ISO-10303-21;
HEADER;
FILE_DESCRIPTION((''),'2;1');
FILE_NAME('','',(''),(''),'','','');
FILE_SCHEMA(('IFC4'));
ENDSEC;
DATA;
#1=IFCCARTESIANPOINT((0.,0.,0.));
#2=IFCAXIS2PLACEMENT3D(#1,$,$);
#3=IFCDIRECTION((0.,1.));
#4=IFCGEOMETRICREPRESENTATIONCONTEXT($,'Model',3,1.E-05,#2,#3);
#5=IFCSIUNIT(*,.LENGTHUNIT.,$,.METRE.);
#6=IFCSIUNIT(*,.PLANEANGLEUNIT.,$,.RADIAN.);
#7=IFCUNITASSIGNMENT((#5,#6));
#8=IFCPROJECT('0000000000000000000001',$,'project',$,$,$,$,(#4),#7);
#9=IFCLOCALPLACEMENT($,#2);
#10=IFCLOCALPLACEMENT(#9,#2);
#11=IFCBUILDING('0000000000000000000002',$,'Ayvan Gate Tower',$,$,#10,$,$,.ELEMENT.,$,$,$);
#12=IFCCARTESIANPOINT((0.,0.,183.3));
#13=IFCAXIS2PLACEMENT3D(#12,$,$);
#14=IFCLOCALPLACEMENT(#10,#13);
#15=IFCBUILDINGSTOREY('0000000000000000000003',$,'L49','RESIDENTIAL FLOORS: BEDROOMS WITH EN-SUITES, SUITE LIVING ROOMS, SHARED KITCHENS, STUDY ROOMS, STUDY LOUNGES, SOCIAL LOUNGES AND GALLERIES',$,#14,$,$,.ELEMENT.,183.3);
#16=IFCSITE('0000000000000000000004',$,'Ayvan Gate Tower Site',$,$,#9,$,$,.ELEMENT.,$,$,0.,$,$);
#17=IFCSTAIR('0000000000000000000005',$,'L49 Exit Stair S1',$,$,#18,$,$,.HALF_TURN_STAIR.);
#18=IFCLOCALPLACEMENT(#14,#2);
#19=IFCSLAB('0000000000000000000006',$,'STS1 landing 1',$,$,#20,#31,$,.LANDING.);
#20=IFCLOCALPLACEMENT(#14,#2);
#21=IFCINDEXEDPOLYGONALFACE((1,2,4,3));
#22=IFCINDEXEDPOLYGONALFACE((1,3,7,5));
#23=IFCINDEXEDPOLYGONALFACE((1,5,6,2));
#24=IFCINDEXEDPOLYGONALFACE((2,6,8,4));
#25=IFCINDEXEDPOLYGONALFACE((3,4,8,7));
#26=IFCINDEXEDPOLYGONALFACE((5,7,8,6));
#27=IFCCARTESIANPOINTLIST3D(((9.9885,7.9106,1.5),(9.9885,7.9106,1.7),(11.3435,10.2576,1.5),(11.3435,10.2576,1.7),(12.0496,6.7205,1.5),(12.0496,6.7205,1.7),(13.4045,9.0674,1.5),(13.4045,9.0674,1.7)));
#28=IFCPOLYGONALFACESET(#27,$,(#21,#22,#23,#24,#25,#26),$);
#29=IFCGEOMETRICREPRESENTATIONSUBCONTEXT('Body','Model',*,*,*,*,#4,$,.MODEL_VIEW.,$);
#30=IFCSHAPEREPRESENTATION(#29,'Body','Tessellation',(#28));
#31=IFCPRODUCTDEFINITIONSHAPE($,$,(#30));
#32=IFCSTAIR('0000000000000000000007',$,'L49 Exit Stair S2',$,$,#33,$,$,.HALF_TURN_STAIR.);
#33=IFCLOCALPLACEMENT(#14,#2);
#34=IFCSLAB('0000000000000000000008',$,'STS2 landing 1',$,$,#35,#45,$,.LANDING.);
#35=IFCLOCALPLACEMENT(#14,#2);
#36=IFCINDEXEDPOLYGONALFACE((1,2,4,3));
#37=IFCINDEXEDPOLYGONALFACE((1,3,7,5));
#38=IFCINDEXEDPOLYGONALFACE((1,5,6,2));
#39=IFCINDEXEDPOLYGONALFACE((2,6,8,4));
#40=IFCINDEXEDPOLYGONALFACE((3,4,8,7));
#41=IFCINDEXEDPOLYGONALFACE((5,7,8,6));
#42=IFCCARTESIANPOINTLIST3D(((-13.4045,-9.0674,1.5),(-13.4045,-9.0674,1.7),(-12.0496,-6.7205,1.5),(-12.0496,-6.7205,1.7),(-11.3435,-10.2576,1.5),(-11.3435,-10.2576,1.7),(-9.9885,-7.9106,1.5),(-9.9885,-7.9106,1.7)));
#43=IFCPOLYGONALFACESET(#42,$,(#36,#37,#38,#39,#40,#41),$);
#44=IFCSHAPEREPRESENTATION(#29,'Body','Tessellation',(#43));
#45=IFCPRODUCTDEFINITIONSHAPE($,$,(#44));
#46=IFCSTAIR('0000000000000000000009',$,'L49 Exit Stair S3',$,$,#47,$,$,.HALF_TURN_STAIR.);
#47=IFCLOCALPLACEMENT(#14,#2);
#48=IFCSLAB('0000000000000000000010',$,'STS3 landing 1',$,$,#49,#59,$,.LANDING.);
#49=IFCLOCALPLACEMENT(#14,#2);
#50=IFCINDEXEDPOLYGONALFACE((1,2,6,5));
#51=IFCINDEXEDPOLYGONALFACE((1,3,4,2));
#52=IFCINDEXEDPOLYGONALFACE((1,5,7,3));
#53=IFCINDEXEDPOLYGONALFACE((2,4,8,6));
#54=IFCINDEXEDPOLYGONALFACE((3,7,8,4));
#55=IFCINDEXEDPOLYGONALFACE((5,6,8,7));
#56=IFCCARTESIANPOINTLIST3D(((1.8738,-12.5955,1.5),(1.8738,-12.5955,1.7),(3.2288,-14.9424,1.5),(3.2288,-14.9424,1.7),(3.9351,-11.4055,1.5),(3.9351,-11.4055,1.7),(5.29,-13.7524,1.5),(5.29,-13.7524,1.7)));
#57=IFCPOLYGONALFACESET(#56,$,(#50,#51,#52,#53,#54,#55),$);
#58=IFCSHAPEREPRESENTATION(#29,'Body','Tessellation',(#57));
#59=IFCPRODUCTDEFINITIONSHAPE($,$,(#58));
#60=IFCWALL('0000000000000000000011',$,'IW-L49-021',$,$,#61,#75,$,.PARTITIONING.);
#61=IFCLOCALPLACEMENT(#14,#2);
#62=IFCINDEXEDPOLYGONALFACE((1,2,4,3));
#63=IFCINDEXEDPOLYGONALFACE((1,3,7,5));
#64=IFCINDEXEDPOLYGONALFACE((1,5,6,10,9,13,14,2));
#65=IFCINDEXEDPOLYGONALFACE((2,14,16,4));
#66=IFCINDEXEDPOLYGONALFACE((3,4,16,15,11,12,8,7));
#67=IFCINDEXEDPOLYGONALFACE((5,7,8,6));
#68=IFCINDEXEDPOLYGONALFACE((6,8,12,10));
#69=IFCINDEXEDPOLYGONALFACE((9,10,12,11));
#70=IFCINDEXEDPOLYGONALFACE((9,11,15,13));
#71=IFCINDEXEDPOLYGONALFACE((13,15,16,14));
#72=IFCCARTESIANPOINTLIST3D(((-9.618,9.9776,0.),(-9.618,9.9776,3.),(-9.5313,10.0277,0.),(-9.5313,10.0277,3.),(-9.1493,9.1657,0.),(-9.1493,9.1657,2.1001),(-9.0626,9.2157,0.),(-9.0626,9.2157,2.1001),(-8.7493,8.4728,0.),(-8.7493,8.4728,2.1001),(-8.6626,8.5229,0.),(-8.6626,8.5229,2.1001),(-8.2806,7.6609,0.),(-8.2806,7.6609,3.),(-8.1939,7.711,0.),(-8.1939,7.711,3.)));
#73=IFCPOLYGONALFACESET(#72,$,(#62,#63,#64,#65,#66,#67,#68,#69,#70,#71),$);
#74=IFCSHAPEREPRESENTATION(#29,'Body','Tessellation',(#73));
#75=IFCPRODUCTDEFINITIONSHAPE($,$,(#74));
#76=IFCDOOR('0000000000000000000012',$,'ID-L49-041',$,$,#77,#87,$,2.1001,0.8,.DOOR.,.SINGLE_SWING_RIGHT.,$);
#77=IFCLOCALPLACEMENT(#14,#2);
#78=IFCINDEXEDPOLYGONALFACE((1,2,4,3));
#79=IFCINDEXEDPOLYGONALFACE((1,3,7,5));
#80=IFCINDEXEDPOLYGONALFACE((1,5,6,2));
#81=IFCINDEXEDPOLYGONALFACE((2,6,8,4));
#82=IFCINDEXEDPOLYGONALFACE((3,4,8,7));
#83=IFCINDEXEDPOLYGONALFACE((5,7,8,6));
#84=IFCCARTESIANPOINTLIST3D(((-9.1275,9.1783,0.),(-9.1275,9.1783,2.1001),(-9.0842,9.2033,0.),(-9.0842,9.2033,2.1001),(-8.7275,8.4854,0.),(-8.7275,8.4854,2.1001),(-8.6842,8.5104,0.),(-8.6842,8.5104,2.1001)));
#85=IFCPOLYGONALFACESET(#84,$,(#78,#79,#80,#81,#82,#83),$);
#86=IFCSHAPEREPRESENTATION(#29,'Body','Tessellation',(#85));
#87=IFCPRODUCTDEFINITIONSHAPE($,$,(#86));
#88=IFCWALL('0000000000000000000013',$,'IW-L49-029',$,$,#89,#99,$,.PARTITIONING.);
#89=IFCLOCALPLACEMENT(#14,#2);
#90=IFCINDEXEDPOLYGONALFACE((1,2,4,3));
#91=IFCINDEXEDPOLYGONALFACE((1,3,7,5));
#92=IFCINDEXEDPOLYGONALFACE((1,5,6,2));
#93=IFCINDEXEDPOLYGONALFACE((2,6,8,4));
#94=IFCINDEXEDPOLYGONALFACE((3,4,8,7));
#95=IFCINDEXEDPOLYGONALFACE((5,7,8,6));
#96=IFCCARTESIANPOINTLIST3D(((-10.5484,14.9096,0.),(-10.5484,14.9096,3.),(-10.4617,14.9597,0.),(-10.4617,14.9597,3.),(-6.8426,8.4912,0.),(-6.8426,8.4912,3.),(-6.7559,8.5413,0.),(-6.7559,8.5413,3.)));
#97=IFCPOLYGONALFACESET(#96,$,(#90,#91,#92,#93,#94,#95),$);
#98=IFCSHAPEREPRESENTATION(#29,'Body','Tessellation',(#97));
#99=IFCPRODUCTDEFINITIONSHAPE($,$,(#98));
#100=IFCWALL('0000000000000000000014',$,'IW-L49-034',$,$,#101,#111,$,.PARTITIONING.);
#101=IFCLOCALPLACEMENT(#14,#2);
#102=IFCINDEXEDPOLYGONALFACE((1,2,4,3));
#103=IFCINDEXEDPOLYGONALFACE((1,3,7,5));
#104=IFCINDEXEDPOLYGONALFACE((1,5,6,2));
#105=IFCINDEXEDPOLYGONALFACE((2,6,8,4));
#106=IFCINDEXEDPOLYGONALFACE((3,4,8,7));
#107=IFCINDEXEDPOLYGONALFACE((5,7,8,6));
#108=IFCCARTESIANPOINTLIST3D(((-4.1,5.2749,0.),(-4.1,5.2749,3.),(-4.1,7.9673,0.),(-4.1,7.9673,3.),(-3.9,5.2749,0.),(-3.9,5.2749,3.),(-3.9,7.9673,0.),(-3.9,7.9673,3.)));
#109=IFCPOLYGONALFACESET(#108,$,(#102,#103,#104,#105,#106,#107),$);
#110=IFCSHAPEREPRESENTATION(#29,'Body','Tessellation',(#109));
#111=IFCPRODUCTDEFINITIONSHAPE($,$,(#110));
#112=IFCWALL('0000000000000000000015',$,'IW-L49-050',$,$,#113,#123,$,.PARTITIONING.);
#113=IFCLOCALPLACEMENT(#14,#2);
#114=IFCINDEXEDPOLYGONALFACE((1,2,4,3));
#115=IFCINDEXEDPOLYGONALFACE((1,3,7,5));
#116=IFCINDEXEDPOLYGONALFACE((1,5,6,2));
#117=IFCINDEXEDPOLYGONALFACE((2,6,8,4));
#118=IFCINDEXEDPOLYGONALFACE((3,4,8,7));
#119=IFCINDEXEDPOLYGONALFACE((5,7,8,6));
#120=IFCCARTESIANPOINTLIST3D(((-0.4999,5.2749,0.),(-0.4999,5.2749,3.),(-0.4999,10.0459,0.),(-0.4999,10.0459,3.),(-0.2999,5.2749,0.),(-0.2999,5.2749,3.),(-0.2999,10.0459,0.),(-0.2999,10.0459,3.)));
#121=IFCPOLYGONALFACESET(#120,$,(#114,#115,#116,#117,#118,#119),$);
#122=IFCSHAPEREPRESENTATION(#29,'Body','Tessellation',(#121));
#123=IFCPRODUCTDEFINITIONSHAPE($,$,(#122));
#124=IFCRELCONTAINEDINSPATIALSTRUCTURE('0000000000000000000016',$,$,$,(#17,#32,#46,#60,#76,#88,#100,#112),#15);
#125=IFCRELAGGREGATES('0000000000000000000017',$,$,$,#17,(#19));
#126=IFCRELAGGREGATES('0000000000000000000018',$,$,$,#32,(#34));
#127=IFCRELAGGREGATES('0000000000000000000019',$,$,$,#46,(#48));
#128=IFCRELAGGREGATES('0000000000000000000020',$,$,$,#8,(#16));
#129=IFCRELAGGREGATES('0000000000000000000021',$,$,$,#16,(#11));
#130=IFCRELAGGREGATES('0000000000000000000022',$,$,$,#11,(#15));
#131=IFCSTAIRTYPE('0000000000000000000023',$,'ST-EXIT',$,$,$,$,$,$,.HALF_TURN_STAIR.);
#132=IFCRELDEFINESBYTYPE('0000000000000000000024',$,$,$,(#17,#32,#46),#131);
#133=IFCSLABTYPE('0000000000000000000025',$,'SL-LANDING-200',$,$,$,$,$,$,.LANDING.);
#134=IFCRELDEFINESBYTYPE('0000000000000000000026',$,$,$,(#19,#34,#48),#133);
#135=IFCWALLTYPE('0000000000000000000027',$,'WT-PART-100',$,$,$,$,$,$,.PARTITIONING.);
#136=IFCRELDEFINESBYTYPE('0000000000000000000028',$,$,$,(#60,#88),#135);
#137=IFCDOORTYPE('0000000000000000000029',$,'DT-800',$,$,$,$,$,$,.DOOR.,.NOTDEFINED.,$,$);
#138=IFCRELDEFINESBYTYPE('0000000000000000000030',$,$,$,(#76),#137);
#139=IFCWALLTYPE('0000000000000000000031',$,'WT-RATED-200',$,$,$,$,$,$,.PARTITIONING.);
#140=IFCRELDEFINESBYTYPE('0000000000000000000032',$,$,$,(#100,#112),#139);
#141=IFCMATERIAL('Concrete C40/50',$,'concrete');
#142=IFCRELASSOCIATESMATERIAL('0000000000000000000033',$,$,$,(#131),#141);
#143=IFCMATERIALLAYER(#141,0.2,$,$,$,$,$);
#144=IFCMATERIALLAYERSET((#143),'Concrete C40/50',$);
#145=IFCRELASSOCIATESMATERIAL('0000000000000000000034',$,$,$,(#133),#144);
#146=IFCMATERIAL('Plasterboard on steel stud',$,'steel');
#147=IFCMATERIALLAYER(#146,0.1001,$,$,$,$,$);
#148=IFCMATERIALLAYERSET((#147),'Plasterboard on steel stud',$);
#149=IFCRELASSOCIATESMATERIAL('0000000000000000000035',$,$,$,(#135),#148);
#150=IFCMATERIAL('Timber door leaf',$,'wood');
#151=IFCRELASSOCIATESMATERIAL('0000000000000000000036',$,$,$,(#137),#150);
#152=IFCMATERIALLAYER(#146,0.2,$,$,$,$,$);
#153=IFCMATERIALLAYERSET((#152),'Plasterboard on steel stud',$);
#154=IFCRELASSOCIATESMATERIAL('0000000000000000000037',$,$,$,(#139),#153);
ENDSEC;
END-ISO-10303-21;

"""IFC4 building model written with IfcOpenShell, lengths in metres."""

from ifc_helpers import new_model, si_unit, direction, frame, frame_2d, origin, place, context, subcontext, project, spatial, polyline, rectangle, outline, extrude, material, layer, layer_set, type_object, element, fill, aggregate, save


model = new_model("IFC4")

# Units and contexts
model_context = context("Model", 3, precision=1e-05, world=origin(), true_north=direction((0.0, 1.0)))
body_context = subcontext(model_context, "Body", "Model", "MODEL_VIEW")
ifc_project = project(units=[si_unit("LENGTHUNIT", "METRE"), si_unit("PLANEANGLEUNIT", "RADIAN")], contexts=[model_context])

# Site, building, storey
site_placement = place(None, origin())
site = spatial("IfcSite", under=ifc_project, at=site_placement, Name="Ayvan Gate Tower Site", CompositionType="ELEMENT", RefElevation=0.0)
building_placement = place(site_placement, origin())
building = spatial("IfcBuilding", under=site, at=building_placement, Name="Ayvan Gate Tower", CompositionType="ELEMENT")
storey_placement = place(building_placement, frame((0.0, 0.0, 183.3)))
storey = spatial("IfcBuildingStorey", under=building, at=storey_placement, Name="L49", Description="RESIDENTIAL FLOORS: BEDROOMS WITH EN-SUITES, SUITE LIVING ROOMS, SHARED KITCHENS, STUDY ROOMS, STUDY LOUNGES, SOCIAL LOUNGES AND GALLERIES", CompositionType="ELEMENT", Elevation=183.3)

# Stairs, slabs
ifc_material_1 = material(Name="Concrete C40/50", Category="concrete")
stair_type = type_object("IfcStairType", Name="ST-EXIT", PredefinedType="HALF_TURN_STAIR", material=ifc_material_1)
stair_1_placement = place(storey_placement, origin())
stair_1 = element("IfcStair", 1, at=stair_1_placement, inside=storey, type_object=stair_type, Name="L49 Exit Stair S1", PredefinedType="HALF_TURN_STAIR")
ifc_layer_1 = layer(ifc_material_1, 0.2)
ifc_layer_set_1 = layer_set([ifc_layer_1], Name="Concrete C40/50")
slab_type = type_object("IfcSlabType", Name="SL-LANDING-200", PredefinedType="LANDING", material=ifc_layer_set_1)
slab_1_placement = place(storey_placement, frame((0.0, 0.0, 1.5)))
slab_1 = element("IfcSlab", 2, at=slab_1_placement, type_object=slab_type, Name="STS1 landing 1", PredefinedType="LANDING", context=body_context, shape_type="SweptSolid", body=[
    extrude(outline(polyline([(9.9885, 7.9106), (12.0496, 6.7205), (13.4045, 9.0674), (11.3435, 10.2576), (9.9885, 7.9106)])), origin(), (0.0, 0.0, 1.0), 0.2),
])
aggregate(stair_1, [slab_1])
stair_2_placement = place(storey_placement, origin())
stair_2 = element("IfcStair", 3, at=stair_2_placement, inside=storey, type_object=stair_type, Name="L49 Exit Stair S2", PredefinedType="HALF_TURN_STAIR")
slab_2_placement = place(storey_placement, frame((0.0, 0.0, 1.5)))
slab_2 = element("IfcSlab", 4, at=slab_2_placement, type_object=slab_type, Name="STS2 landing 1", PredefinedType="LANDING", context=body_context, shape_type="SweptSolid", body=[
    extrude(outline(polyline([(-9.9885, -7.9106), (-12.0496, -6.7205), (-13.4045, -9.0674), (-11.3435, -10.2576), (-9.9885, -7.9106)])), origin(), (0.0, 0.0, 1.0), 0.2),
])
aggregate(stair_2, [slab_2])
stair_3_placement = place(storey_placement, origin())
stair_3 = element("IfcStair", 5, at=stair_3_placement, inside=storey, type_object=stair_type, Name="L49 Exit Stair S3", PredefinedType="HALF_TURN_STAIR")
slab_3_placement = place(storey_placement, frame((0.0, 0.0, 1.5)))
slab_3 = element("IfcSlab", 6, at=slab_3_placement, type_object=slab_type, Name="STS3 landing 1", PredefinedType="LANDING", context=body_context, shape_type="SweptSolid", body=[
    extrude(outline(polyline([(3.9351, -11.4055), (1.8738, -12.5955), (3.2288, -14.9424), (5.29, -13.7524), (3.9351, -11.4055)])), origin(), (0.0, 0.0, 1.0), 0.2),
])
aggregate(stair_3, [slab_3])

# Wall, opening, door
ifc_material_2 = material(Name="Plasterboard on steel stud", Category="steel")
ifc_layer_2 = layer(ifc_material_2, 0.1001)
ifc_layer_set_2 = layer_set([ifc_layer_2], Name="Plasterboard on steel stud")
wall_type_1 = type_object("IfcWallType", Name="WT-PART-100", PredefinedType="PARTITIONING", material=ifc_layer_set_2)
wall_1_placement = place(storey_placement, frame((-8.2373, 7.686, 0.0), z_axis=(0.0, 0.0, 1.0), x_axis=(-0.499967, 0.866044, 0.0)))
wall_1 = element("IfcWall", 7, at=wall_1_placement, inside=storey, type_object=wall_type_1, Name="IW-L49-021", PredefinedType="PARTITIONING", context=body_context, shape_type="SweptSolid", body=[
    extrude(rectangle(XDim=2.675, YDim=0.1001, at=frame_2d((1.3374, 0.0))), origin(), (0.0, 0.0, 1.0), 3.0),
])
opening_1_placement = place(wall_1_placement, frame((0.9375, 0.0, 0.0)))
opening_1 = element("IfcOpeningElement", 8, at=opening_1_placement, cuts=wall_1, PredefinedType="OPENING", context=body_context, shape_type="SweptSolid", body=[
    extrude(rectangle(XDim=0.8, YDim=2.1001, at=frame_2d((0.3999, 1.05))), frame((0.0, 0.0601, 0.0), z_axis=(0.0, -1.0, 0.0), x_axis=(1.0, 0.0, 0.0)), (0.0, 0.0, 1.0), 0.1201),
])
ifc_material_3 = material(Name="Timber door leaf", Category="wood")
door_type_1 = type_object("IfcDoorType", Name="DT-800", OperationType="NOTDEFINED", PredefinedType="DOOR", material=ifc_material_3)
door_1_placement = place(opening_1_placement, origin())
door_1 = element("IfcDoor", 9, at=door_1_placement, inside=storey, type_object=door_type_1, Name="ID-L49-041", OperationType="SINGLE_SWING_RIGHT", OverallHeight=2.1001, OverallWidth=0.8, PredefinedType="DOOR", context=body_context, shape_type="SweptSolid", body=[
    extrude(rectangle(XDim=0.8, YDim=2.1001, at=frame_2d((0.3999, 1.05))), frame((0.0, 0.0249, 0.0), z_axis=(0.0, -1.0, 0.0), x_axis=(1.0, 0.0, 0.0)), (0.0, 0.0, 1.0), 0.05),
])
fill(opening_1, door_1)

# Walls
wall_2_placement = place(storey_placement, frame((-6.7993, 8.5164, 0.0), z_axis=(0.0, 0.0, 1.0), x_axis=(-0.500011, 0.866019, 0.0)))
element("IfcWall", 10, at=wall_2_placement, inside=storey, type_object=wall_type_1, Name="IW-L49-029", PredefinedType="PARTITIONING", context=body_context, shape_type="SweptSolid", body=[
    extrude(rectangle(XDim=7.4114, YDim=0.1001, at=frame_2d((3.7056, 0.0))), origin(), (0.0, 0.0, 1.0), 3.0),
])
ifc_layer_3 = layer(ifc_material_2, 0.2)
ifc_layer_set_3 = layer_set([ifc_layer_3], Name="Plasterboard on steel stud")
wall_type_2 = type_object("IfcWallType", Name="WT-RATED-200", PredefinedType="PARTITIONING", material=ifc_layer_set_3)
wall_3_placement = place(storey_placement, frame((-4.0, 7.9673, 0.0), z_axis=(0.0, 0.0, 1.0), x_axis=(0.0, -1.0, 0.0)))
element("IfcWall", 11, at=wall_3_placement, inside=storey, type_object=wall_type_2, Name="IW-L49-034", PredefinedType="PARTITIONING", context=body_context, shape_type="SweptSolid", body=[
    extrude(rectangle(XDim=2.6924, YDim=0.2, at=frame_2d((1.3462, 0.0))), origin(), (0.0, 0.0, 1.0), 3.0),
])
wall_4_placement = place(storey_placement, frame((-0.3999, 10.0459, 0.0), z_axis=(0.0, 0.0, 1.0), x_axis=(0.0, -1.0, 0.0)))
element("IfcWall", 12, at=wall_4_placement, inside=storey, type_object=wall_type_2, Name="IW-L49-050", PredefinedType="PARTITIONING", context=body_context, shape_type="SweptSolid", body=[
    extrude(rectangle(XDim=4.771, YDim=0.2, at=frame_2d((2.3855, 0.0))), origin(), (0.0, 0.0, 1.0), 3.0),
])

save(model, "model.ifc")
